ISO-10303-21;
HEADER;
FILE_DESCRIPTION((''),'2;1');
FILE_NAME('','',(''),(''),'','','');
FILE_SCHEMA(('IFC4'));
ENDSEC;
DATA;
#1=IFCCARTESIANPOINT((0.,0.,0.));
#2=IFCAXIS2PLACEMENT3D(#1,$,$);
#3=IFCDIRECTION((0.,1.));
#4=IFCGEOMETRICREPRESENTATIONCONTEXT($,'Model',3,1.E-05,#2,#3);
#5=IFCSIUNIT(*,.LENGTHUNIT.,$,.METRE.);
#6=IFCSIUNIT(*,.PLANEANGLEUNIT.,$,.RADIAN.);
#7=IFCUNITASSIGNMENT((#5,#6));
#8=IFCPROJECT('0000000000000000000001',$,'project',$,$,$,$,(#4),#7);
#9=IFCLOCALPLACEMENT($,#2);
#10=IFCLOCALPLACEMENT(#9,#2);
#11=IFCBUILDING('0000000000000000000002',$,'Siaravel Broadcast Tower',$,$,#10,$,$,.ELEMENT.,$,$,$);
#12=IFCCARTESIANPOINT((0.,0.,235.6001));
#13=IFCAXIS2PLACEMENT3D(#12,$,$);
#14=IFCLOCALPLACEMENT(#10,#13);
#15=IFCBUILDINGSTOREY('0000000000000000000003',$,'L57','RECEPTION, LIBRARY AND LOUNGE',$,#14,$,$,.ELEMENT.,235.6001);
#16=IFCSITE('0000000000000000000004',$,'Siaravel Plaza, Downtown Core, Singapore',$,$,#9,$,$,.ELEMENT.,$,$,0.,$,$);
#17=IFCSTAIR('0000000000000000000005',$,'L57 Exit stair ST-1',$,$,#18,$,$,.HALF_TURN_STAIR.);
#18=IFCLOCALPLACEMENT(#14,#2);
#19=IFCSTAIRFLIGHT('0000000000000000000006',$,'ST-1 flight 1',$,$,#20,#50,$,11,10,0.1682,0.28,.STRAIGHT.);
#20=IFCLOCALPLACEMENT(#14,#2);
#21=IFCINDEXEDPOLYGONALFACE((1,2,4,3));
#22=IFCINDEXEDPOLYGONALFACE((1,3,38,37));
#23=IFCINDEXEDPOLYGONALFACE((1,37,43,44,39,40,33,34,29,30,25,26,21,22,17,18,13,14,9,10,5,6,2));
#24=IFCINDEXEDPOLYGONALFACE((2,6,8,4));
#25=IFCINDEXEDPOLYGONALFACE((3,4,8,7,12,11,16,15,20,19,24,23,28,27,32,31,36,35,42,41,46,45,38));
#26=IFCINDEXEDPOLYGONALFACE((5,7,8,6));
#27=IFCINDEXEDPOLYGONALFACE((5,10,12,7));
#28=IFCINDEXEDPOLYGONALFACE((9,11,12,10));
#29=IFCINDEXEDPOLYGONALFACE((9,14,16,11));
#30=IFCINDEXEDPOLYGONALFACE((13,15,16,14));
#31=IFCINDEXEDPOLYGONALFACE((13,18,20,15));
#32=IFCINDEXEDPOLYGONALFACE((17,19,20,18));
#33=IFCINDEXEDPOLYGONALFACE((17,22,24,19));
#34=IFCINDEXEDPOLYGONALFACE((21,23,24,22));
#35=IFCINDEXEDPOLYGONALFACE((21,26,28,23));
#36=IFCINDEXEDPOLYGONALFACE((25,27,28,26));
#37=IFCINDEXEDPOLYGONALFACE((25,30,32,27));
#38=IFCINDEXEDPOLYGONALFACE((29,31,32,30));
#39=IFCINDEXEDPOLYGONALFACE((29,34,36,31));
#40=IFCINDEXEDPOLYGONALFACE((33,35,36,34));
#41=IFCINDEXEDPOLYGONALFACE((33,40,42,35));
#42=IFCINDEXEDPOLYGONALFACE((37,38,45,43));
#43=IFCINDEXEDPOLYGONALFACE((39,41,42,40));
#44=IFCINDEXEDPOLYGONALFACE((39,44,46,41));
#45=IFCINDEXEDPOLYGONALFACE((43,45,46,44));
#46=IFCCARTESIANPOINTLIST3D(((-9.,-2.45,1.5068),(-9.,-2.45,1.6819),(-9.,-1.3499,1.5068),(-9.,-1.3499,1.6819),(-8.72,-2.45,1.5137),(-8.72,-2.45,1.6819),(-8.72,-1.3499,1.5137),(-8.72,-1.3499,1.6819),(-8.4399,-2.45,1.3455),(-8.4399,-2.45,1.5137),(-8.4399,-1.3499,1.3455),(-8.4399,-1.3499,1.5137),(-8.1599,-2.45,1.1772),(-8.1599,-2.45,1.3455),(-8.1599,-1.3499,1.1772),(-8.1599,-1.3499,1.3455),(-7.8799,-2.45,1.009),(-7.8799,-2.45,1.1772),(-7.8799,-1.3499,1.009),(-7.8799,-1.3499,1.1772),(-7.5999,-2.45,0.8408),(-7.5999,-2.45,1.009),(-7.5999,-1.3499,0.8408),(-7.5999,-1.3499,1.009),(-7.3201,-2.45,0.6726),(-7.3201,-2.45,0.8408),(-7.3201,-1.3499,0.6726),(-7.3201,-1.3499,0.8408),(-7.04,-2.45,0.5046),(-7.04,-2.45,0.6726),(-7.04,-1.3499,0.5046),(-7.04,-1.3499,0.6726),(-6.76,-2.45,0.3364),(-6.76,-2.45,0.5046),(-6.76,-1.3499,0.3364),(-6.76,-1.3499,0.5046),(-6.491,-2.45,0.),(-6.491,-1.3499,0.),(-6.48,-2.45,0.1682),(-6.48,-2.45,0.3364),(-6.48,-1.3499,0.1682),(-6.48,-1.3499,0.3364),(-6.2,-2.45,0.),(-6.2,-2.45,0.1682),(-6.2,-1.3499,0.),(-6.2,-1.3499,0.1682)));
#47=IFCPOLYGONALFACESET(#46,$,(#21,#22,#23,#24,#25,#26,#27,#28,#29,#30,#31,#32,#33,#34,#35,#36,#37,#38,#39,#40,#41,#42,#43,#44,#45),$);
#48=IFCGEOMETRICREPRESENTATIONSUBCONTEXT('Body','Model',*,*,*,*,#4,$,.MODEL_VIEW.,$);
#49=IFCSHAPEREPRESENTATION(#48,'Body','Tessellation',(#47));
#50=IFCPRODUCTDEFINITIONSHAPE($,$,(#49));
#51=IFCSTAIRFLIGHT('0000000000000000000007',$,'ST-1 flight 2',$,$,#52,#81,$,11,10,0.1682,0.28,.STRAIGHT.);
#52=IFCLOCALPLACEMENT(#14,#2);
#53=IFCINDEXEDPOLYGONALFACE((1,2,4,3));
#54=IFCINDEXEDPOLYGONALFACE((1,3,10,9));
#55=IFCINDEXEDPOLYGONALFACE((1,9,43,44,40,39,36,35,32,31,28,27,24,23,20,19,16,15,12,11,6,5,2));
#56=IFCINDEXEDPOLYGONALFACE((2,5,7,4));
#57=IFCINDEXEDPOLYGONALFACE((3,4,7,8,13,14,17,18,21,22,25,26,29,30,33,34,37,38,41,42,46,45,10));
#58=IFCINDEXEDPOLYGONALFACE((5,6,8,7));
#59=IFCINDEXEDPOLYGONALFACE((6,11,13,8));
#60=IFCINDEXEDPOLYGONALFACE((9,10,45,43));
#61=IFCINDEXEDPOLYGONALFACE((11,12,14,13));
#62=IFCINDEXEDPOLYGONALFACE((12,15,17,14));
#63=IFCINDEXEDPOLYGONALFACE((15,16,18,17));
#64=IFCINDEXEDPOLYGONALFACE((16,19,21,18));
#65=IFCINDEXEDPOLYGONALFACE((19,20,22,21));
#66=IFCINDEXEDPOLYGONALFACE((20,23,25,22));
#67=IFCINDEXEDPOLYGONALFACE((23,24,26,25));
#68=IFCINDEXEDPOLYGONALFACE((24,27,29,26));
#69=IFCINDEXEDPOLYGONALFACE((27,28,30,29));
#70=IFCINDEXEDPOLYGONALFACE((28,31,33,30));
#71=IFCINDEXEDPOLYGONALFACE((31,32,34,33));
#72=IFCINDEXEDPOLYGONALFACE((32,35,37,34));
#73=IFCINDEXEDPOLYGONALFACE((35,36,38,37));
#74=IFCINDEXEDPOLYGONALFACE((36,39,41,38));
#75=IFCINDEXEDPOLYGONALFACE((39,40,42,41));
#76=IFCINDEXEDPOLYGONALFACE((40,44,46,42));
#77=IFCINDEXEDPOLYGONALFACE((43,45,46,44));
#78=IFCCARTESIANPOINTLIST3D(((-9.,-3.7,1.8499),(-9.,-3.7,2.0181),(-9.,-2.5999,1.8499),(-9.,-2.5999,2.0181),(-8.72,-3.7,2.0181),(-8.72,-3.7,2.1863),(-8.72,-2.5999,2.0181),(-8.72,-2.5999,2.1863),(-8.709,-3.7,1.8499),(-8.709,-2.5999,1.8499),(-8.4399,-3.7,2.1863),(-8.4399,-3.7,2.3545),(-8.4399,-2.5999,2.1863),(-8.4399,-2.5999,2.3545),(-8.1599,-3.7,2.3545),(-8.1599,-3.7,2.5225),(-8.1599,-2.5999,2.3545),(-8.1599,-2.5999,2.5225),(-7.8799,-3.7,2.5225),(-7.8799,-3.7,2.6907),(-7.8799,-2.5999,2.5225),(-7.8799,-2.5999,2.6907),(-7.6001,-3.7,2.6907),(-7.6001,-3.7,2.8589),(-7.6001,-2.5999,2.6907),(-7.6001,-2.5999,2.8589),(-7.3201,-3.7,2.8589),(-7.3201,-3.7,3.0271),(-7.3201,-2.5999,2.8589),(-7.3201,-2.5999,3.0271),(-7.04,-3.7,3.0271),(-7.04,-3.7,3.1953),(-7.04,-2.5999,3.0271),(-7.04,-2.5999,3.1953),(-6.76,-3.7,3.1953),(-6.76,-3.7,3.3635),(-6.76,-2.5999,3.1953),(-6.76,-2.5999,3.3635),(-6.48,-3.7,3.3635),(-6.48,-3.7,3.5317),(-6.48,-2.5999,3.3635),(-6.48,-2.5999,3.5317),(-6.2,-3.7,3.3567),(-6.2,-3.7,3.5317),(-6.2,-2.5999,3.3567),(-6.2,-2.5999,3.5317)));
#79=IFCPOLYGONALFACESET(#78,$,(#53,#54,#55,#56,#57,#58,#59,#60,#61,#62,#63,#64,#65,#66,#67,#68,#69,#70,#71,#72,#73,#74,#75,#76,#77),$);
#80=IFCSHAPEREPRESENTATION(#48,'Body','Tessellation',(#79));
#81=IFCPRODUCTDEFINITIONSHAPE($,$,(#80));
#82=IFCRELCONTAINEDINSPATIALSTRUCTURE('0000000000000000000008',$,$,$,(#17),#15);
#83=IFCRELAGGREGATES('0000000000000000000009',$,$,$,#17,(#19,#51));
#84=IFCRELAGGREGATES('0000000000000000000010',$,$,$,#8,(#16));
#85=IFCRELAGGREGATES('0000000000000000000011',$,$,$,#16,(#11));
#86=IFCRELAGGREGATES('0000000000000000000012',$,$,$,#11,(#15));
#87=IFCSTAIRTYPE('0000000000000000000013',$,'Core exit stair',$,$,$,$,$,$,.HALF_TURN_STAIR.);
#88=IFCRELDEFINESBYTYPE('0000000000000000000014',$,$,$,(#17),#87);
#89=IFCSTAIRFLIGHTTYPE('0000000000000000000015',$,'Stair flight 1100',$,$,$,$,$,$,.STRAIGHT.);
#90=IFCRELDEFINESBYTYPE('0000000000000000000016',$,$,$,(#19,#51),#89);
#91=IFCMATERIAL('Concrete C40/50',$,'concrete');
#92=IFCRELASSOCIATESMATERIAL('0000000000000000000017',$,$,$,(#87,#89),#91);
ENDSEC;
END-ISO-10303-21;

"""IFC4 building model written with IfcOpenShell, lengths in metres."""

from ifc_helpers import new_model, si_unit, direction, frame, origin, place, context, subcontext, project, spatial, polyline, outline, extrude, material, type_object, element, aggregate, save


model = new_model("IFC4")

# Units and contexts
model_context = context("Model", 3, precision=1e-05, world=origin(), true_north=direction((0.0, 1.0)))
body_context = subcontext(model_context, "Body", "Model", "MODEL_VIEW")
ifc_project = project(units=[si_unit("LENGTHUNIT", "METRE"), si_unit("PLANEANGLEUNIT", "RADIAN")], contexts=[model_context])

# Site, building, storey
site_placement = place(None, origin())
site = spatial("IfcSite", under=ifc_project, at=site_placement, Name="Siaravel Plaza, Downtown Core, Singapore", CompositionType="ELEMENT", RefElevation=0.0)
building_placement = place(site_placement, origin())
building = spatial("IfcBuilding", under=site, at=building_placement, Name="Siaravel Broadcast Tower", CompositionType="ELEMENT")
storey_placement = place(building_placement, frame((0.0, 0.0, 235.6001)))
storey = spatial("IfcBuildingStorey", under=building, at=storey_placement, Name="L57", Description="RECEPTION, LIBRARY AND LOUNGE", CompositionType="ELEMENT", Elevation=235.6001)

# Stair, stair flights
ifc_material_1 = material(Name="Concrete C40/50", Category="concrete")
stair_type = type_object("IfcStairType", Name="Core exit stair", PredefinedType="HALF_TURN_STAIR", material=ifc_material_1)
stair_placement = place(storey_placement, origin())
stair = element("IfcStair", 1, at=stair_placement, inside=storey, type_object=stair_type, Name="L57 Exit stair ST-1", PredefinedType="HALF_TURN_STAIR")
stair_flight_type = type_object("IfcStairFlightType", Name="Stair flight 1100", PredefinedType="STRAIGHT", material=ifc_material_1)
stair_flight_1_placement = place(storey_placement, frame((-6.2, -1.8999, 0.0), z_axis=(0.0, 0.0, 1.0), x_axis=(-1.0, 0.0, 0.0)))
stair_flight_1 = element("IfcStairFlight", 2, at=stair_flight_1_placement, type_object=stair_flight_type, Name="ST-1 flight 1", NumberOfRisers=11, NumberOfTreads=10, PredefinedType="STRAIGHT", RiserHeight=0.1682, TreadLength=0.28, context=body_context, shape_type="SweptSolid", body=[
    extrude(outline(polyline([(0.0, 0.0), (0.0, 0.1682), (0.28, 0.1682), (0.28, 0.3364), (0.5601, 0.3364), (0.5601, 0.5046), (0.8401, 0.5046), (0.8401, 0.6726), (1.1201, 0.6726), (1.1201, 0.8408), (1.3999, 0.8408), (1.3999, 1.009), (1.6799, 1.009), (1.6799, 1.1772), (1.96, 1.1772), (1.96, 1.3455), (2.24, 1.3455), (2.24, 1.5137), (2.52, 1.5137), (2.52, 1.6819), (2.8, 1.6819), (2.8, 1.8501), (2.8, 1.5068), (0.291, 0.0), (0.0, 0.0)])), frame((0.0, 0.55, 0.0), z_axis=(0.0, -1.0, 0.0), x_axis=(1.0, 0.0, 0.0)), (0.0, 0.0, 1.0), 1.1001),
])
stair_flight_2_placement = place(storey_placement, frame((-9.0, -3.1499, 1.8499), z_axis=(0.0, 0.0, 1.0), x_axis=(1.0, 0.0, 0.0)))
stair_flight_2 = element("IfcStairFlight", 3, at=stair_flight_2_placement, type_object=stair_flight_type, Name="ST-1 flight 2", NumberOfRisers=11, NumberOfTreads=10, PredefinedType="STRAIGHT", RiserHeight=0.1682, TreadLength=0.28, context=body_context, shape_type="SweptSolid", body=[
    extrude(outline(polyline([(0.0, 0.0), (0.0, 0.1682), (0.28, 0.1682), (0.28, 0.3364), (0.5601, 0.3364), (0.5601, 0.5046), (0.8401, 0.5046), (0.8401, 0.6726), (1.1201, 0.6726), (1.1201, 0.8408), (1.3999, 0.8408), (1.3999, 1.009), (1.6799, 1.009), (1.6799, 1.1772), (1.96, 1.1772), (1.96, 1.3455), (2.24, 1.3455), (2.24, 1.5137), (2.52, 1.5137), (2.52, 1.6819), (2.8, 1.6819), (2.8, 1.8501), (2.8, 1.5068), (0.291, 0.0), (0.0, 0.0)])), frame((0.0, 0.55, 0.0), z_axis=(0.0, -1.0, 0.0), x_axis=(1.0, 0.0, 0.0)), (0.0, 0.0, 1.0), 1.1001),
])
aggregate(stair, [stair_flight_1, stair_flight_2])

save(model, "model.ifc")
